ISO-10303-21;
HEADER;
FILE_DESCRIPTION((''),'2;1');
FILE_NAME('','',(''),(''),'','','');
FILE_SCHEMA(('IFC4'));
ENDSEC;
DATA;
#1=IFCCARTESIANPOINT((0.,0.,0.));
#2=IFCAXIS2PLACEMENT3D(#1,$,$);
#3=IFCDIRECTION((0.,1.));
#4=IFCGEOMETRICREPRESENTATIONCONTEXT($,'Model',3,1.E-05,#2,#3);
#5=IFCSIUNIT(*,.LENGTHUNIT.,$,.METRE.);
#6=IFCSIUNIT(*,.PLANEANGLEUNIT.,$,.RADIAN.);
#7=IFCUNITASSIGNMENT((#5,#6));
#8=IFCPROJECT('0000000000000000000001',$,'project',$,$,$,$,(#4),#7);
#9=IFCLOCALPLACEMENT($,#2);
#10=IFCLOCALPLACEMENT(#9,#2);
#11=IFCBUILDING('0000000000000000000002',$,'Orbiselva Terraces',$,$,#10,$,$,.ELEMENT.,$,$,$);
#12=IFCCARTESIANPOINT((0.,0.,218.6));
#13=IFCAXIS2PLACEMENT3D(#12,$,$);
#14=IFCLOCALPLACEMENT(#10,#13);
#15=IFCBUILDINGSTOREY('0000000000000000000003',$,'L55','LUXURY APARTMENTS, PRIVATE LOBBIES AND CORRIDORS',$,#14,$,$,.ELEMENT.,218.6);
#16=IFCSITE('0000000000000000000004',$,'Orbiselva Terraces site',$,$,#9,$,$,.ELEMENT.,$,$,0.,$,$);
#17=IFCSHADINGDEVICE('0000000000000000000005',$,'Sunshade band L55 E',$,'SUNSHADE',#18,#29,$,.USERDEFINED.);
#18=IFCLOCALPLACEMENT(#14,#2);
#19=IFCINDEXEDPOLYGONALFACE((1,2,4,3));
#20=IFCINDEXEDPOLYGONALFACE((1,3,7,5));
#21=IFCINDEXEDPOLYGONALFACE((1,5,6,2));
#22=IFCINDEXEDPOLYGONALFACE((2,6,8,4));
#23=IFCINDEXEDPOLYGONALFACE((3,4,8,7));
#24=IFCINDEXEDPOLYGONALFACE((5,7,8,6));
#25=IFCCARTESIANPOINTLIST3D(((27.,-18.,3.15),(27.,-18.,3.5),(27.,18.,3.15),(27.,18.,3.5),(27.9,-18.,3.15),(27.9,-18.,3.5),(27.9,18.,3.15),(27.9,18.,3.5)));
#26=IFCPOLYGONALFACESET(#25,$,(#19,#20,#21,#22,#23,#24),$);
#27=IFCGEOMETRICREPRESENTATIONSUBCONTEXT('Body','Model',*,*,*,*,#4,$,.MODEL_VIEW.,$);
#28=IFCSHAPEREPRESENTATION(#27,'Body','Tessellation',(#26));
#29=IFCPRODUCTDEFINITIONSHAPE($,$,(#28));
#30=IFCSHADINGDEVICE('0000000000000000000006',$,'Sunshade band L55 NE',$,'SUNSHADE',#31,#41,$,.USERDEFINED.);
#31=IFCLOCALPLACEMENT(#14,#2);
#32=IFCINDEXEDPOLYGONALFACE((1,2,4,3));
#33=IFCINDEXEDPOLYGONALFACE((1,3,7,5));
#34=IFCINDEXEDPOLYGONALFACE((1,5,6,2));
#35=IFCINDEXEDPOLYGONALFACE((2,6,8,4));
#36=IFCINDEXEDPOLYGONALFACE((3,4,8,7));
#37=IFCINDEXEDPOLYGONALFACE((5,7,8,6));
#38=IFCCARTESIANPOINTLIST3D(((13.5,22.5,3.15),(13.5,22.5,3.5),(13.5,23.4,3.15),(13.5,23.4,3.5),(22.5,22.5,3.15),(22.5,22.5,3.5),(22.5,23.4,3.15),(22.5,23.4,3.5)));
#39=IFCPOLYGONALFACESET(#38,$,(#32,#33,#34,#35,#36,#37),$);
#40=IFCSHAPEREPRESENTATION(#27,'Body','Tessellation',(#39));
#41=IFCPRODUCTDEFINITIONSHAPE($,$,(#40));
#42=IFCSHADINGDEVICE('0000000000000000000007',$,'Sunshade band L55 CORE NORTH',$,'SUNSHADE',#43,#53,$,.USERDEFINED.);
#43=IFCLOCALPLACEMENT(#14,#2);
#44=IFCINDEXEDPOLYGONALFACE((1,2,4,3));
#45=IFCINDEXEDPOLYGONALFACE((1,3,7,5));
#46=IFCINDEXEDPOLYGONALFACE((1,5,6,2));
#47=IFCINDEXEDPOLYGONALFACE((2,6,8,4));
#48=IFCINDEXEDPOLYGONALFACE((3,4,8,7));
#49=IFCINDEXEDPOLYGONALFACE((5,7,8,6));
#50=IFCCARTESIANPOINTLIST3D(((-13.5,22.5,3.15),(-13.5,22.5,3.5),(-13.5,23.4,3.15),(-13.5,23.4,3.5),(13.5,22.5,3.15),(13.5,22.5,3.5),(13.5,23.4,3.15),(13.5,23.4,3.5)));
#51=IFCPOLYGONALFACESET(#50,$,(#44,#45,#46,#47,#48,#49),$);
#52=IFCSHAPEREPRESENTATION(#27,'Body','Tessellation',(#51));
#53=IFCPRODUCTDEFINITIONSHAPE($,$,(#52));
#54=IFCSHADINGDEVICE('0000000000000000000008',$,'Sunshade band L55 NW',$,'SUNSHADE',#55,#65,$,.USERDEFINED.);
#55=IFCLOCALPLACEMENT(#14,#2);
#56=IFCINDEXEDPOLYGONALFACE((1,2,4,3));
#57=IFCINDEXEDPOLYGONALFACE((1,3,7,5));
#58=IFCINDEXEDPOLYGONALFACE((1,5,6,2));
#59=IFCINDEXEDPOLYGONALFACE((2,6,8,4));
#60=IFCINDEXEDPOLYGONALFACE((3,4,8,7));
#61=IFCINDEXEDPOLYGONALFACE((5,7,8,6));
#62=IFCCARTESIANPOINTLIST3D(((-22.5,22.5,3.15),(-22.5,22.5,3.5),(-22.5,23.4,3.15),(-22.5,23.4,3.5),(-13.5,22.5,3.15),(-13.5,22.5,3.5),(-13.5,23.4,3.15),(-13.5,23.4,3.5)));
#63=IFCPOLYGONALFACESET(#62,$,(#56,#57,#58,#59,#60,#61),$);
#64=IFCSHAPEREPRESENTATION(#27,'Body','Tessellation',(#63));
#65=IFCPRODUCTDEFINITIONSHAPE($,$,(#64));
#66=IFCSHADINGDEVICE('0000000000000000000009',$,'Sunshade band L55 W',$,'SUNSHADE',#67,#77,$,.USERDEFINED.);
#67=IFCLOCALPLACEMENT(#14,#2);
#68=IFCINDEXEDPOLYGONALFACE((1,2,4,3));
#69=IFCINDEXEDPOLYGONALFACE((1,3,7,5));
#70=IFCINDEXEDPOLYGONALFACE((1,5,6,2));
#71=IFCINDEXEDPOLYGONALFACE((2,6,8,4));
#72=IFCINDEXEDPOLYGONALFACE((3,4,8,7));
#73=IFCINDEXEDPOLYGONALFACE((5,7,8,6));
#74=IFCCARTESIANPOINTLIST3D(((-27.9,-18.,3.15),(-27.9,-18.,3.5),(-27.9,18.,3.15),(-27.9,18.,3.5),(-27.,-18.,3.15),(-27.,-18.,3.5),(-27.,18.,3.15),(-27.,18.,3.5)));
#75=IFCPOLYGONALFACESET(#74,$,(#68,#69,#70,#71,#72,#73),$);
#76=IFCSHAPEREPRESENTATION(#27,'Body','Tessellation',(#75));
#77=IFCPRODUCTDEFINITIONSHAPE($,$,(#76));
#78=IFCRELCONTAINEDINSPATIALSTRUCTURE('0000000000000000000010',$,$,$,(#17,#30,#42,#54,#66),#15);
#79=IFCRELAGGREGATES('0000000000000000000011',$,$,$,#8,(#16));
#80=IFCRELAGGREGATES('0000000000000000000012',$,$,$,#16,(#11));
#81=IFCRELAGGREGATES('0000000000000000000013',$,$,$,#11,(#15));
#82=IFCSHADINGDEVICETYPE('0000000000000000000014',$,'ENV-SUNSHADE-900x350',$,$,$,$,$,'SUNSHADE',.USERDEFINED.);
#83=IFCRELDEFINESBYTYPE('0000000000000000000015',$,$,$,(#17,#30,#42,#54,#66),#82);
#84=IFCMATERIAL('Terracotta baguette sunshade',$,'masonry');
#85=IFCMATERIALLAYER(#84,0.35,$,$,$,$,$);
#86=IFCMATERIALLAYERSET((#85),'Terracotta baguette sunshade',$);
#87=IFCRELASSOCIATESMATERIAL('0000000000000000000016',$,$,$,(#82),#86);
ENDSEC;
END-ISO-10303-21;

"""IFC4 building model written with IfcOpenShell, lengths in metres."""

from ifc_helpers import new_model, si_unit, direction, frame, origin, place, context, subcontext, project, spatial, polyline, outline, extrude, material, layer, layer_set, type_object, element, save


model = new_model("IFC4")

# Units and contexts
model_context = context("Model", 3, precision=1e-05, world=origin(), true_north=direction((0.0, 1.0)))
body_context = subcontext(model_context, "Body", "Model", "MODEL_VIEW")
ifc_project = project(units=[si_unit("LENGTHUNIT", "METRE"), si_unit("PLANEANGLEUNIT", "RADIAN")], contexts=[model_context])

# Site, building, storey
site_placement = place(None, origin())
site = spatial("IfcSite", under=ifc_project, at=site_placement, Name="Orbiselva Terraces site", CompositionType="ELEMENT", RefElevation=0.0)
building_placement = place(site_placement, origin())
building = spatial("IfcBuilding", under=site, at=building_placement, Name="Orbiselva Terraces", CompositionType="ELEMENT")
storey_placement = place(building_placement, frame((0.0, 0.0, 218.6)))
storey = spatial("IfcBuildingStorey", under=building, at=storey_placement, Name="L55", Description="LUXURY APARTMENTS, PRIVATE LOBBIES AND CORRIDORS", CompositionType="ELEMENT", Elevation=218.6)

# Shading devices
ifc_material_1 = material(Name="Terracotta baguette sunshade", Category="masonry")
ifc_layer_1 = layer(ifc_material_1, 0.35)
ifc_layer_set_1 = layer_set([ifc_layer_1], Name="Terracotta baguette sunshade")
shading_device_type_1 = type_object("IfcShadingDeviceType", Name="ENV-SUNSHADE-900x350", ElementType="SUNSHADE", PredefinedType="USERDEFINED", material=ifc_layer_set_1)
shading_device_1_placement = place(storey_placement, frame((0.0, 0.0, 3.15)))
element("IfcShadingDevice", 1, at=shading_device_1_placement, inside=storey, type_object=shading_device_type_1, Name="Sunshade band L55 E", ObjectType="SUNSHADE", PredefinedType="USERDEFINED", context=body_context, shape_type="SweptSolid", body=[
    extrude(outline(polyline([(27.9, -18.0), (27.9, 18.0), (27.0, 18.0), (27.0, -18.0), (27.9, -18.0)])), origin(), (0.0, 0.0, 1.0), 0.35),
])
shading_device_2_placement = place(storey_placement, frame((0.0, 0.0, 3.15)))
element("IfcShadingDevice", 2, at=shading_device_2_placement, inside=storey, type_object=shading_device_type_1, Name="Sunshade band L55 NE", ObjectType="SUNSHADE", PredefinedType="USERDEFINED", context=body_context, shape_type="SweptSolid", body=[
    extrude(outline(polyline([(22.5, 23.4), (13.5, 23.4), (13.5, 22.5), (22.5, 22.5), (22.5, 23.4)])), origin(), (0.0, 0.0, 1.0), 0.35),
])
shading_device_3_placement = place(storey_placement, frame((0.0, 0.0, 3.15)))
element("IfcShadingDevice", 3, at=shading_device_3_placement, inside=storey, type_object=shading_device_type_1, Name="Sunshade band L55 CORE NORTH", ObjectType="SUNSHADE", PredefinedType="USERDEFINED", context=body_context, shape_type="SweptSolid", body=[
    extrude(outline(polyline([(13.5, 23.4), (-13.5, 23.4), (-13.5, 22.5), (13.5, 22.5), (13.5, 23.4)])), origin(), (0.0, 0.0, 1.0), 0.35),
])
shading_device_4_placement = place(storey_placement, frame((0.0, 0.0, 3.15)))
element("IfcShadingDevice", 4, at=shading_device_4_placement, inside=storey, type_object=shading_device_type_1, Name="Sunshade band L55 NW", ObjectType="SUNSHADE", PredefinedType="USERDEFINED", context=body_context, shape_type="SweptSolid", body=[
    extrude(outline(polyline([(-13.5, 23.4), (-22.5, 23.4), (-22.5, 22.5), (-13.5, 22.5), (-13.5, 23.4)])), origin(), (0.0, 0.0, 1.0), 0.35),
])
shading_device_5_placement = place(storey_placement, frame((0.0, 0.0, 3.15)))
element("IfcShadingDevice", 5, at=shading_device_5_placement, inside=storey, type_object=shading_device_type_1, Name="Sunshade band L55 W", ObjectType="SUNSHADE", PredefinedType="USERDEFINED", context=body_context, shape_type="SweptSolid", body=[
    extrude(outline(polyline([(-27.9, 18.0), (-27.9, -18.0), (-27.0, -18.0), (-27.0, 18.0), (-27.9, 18.0)])), origin(), (0.0, 0.0, 1.0), 0.35),
])

save(model, "model.ifc")
